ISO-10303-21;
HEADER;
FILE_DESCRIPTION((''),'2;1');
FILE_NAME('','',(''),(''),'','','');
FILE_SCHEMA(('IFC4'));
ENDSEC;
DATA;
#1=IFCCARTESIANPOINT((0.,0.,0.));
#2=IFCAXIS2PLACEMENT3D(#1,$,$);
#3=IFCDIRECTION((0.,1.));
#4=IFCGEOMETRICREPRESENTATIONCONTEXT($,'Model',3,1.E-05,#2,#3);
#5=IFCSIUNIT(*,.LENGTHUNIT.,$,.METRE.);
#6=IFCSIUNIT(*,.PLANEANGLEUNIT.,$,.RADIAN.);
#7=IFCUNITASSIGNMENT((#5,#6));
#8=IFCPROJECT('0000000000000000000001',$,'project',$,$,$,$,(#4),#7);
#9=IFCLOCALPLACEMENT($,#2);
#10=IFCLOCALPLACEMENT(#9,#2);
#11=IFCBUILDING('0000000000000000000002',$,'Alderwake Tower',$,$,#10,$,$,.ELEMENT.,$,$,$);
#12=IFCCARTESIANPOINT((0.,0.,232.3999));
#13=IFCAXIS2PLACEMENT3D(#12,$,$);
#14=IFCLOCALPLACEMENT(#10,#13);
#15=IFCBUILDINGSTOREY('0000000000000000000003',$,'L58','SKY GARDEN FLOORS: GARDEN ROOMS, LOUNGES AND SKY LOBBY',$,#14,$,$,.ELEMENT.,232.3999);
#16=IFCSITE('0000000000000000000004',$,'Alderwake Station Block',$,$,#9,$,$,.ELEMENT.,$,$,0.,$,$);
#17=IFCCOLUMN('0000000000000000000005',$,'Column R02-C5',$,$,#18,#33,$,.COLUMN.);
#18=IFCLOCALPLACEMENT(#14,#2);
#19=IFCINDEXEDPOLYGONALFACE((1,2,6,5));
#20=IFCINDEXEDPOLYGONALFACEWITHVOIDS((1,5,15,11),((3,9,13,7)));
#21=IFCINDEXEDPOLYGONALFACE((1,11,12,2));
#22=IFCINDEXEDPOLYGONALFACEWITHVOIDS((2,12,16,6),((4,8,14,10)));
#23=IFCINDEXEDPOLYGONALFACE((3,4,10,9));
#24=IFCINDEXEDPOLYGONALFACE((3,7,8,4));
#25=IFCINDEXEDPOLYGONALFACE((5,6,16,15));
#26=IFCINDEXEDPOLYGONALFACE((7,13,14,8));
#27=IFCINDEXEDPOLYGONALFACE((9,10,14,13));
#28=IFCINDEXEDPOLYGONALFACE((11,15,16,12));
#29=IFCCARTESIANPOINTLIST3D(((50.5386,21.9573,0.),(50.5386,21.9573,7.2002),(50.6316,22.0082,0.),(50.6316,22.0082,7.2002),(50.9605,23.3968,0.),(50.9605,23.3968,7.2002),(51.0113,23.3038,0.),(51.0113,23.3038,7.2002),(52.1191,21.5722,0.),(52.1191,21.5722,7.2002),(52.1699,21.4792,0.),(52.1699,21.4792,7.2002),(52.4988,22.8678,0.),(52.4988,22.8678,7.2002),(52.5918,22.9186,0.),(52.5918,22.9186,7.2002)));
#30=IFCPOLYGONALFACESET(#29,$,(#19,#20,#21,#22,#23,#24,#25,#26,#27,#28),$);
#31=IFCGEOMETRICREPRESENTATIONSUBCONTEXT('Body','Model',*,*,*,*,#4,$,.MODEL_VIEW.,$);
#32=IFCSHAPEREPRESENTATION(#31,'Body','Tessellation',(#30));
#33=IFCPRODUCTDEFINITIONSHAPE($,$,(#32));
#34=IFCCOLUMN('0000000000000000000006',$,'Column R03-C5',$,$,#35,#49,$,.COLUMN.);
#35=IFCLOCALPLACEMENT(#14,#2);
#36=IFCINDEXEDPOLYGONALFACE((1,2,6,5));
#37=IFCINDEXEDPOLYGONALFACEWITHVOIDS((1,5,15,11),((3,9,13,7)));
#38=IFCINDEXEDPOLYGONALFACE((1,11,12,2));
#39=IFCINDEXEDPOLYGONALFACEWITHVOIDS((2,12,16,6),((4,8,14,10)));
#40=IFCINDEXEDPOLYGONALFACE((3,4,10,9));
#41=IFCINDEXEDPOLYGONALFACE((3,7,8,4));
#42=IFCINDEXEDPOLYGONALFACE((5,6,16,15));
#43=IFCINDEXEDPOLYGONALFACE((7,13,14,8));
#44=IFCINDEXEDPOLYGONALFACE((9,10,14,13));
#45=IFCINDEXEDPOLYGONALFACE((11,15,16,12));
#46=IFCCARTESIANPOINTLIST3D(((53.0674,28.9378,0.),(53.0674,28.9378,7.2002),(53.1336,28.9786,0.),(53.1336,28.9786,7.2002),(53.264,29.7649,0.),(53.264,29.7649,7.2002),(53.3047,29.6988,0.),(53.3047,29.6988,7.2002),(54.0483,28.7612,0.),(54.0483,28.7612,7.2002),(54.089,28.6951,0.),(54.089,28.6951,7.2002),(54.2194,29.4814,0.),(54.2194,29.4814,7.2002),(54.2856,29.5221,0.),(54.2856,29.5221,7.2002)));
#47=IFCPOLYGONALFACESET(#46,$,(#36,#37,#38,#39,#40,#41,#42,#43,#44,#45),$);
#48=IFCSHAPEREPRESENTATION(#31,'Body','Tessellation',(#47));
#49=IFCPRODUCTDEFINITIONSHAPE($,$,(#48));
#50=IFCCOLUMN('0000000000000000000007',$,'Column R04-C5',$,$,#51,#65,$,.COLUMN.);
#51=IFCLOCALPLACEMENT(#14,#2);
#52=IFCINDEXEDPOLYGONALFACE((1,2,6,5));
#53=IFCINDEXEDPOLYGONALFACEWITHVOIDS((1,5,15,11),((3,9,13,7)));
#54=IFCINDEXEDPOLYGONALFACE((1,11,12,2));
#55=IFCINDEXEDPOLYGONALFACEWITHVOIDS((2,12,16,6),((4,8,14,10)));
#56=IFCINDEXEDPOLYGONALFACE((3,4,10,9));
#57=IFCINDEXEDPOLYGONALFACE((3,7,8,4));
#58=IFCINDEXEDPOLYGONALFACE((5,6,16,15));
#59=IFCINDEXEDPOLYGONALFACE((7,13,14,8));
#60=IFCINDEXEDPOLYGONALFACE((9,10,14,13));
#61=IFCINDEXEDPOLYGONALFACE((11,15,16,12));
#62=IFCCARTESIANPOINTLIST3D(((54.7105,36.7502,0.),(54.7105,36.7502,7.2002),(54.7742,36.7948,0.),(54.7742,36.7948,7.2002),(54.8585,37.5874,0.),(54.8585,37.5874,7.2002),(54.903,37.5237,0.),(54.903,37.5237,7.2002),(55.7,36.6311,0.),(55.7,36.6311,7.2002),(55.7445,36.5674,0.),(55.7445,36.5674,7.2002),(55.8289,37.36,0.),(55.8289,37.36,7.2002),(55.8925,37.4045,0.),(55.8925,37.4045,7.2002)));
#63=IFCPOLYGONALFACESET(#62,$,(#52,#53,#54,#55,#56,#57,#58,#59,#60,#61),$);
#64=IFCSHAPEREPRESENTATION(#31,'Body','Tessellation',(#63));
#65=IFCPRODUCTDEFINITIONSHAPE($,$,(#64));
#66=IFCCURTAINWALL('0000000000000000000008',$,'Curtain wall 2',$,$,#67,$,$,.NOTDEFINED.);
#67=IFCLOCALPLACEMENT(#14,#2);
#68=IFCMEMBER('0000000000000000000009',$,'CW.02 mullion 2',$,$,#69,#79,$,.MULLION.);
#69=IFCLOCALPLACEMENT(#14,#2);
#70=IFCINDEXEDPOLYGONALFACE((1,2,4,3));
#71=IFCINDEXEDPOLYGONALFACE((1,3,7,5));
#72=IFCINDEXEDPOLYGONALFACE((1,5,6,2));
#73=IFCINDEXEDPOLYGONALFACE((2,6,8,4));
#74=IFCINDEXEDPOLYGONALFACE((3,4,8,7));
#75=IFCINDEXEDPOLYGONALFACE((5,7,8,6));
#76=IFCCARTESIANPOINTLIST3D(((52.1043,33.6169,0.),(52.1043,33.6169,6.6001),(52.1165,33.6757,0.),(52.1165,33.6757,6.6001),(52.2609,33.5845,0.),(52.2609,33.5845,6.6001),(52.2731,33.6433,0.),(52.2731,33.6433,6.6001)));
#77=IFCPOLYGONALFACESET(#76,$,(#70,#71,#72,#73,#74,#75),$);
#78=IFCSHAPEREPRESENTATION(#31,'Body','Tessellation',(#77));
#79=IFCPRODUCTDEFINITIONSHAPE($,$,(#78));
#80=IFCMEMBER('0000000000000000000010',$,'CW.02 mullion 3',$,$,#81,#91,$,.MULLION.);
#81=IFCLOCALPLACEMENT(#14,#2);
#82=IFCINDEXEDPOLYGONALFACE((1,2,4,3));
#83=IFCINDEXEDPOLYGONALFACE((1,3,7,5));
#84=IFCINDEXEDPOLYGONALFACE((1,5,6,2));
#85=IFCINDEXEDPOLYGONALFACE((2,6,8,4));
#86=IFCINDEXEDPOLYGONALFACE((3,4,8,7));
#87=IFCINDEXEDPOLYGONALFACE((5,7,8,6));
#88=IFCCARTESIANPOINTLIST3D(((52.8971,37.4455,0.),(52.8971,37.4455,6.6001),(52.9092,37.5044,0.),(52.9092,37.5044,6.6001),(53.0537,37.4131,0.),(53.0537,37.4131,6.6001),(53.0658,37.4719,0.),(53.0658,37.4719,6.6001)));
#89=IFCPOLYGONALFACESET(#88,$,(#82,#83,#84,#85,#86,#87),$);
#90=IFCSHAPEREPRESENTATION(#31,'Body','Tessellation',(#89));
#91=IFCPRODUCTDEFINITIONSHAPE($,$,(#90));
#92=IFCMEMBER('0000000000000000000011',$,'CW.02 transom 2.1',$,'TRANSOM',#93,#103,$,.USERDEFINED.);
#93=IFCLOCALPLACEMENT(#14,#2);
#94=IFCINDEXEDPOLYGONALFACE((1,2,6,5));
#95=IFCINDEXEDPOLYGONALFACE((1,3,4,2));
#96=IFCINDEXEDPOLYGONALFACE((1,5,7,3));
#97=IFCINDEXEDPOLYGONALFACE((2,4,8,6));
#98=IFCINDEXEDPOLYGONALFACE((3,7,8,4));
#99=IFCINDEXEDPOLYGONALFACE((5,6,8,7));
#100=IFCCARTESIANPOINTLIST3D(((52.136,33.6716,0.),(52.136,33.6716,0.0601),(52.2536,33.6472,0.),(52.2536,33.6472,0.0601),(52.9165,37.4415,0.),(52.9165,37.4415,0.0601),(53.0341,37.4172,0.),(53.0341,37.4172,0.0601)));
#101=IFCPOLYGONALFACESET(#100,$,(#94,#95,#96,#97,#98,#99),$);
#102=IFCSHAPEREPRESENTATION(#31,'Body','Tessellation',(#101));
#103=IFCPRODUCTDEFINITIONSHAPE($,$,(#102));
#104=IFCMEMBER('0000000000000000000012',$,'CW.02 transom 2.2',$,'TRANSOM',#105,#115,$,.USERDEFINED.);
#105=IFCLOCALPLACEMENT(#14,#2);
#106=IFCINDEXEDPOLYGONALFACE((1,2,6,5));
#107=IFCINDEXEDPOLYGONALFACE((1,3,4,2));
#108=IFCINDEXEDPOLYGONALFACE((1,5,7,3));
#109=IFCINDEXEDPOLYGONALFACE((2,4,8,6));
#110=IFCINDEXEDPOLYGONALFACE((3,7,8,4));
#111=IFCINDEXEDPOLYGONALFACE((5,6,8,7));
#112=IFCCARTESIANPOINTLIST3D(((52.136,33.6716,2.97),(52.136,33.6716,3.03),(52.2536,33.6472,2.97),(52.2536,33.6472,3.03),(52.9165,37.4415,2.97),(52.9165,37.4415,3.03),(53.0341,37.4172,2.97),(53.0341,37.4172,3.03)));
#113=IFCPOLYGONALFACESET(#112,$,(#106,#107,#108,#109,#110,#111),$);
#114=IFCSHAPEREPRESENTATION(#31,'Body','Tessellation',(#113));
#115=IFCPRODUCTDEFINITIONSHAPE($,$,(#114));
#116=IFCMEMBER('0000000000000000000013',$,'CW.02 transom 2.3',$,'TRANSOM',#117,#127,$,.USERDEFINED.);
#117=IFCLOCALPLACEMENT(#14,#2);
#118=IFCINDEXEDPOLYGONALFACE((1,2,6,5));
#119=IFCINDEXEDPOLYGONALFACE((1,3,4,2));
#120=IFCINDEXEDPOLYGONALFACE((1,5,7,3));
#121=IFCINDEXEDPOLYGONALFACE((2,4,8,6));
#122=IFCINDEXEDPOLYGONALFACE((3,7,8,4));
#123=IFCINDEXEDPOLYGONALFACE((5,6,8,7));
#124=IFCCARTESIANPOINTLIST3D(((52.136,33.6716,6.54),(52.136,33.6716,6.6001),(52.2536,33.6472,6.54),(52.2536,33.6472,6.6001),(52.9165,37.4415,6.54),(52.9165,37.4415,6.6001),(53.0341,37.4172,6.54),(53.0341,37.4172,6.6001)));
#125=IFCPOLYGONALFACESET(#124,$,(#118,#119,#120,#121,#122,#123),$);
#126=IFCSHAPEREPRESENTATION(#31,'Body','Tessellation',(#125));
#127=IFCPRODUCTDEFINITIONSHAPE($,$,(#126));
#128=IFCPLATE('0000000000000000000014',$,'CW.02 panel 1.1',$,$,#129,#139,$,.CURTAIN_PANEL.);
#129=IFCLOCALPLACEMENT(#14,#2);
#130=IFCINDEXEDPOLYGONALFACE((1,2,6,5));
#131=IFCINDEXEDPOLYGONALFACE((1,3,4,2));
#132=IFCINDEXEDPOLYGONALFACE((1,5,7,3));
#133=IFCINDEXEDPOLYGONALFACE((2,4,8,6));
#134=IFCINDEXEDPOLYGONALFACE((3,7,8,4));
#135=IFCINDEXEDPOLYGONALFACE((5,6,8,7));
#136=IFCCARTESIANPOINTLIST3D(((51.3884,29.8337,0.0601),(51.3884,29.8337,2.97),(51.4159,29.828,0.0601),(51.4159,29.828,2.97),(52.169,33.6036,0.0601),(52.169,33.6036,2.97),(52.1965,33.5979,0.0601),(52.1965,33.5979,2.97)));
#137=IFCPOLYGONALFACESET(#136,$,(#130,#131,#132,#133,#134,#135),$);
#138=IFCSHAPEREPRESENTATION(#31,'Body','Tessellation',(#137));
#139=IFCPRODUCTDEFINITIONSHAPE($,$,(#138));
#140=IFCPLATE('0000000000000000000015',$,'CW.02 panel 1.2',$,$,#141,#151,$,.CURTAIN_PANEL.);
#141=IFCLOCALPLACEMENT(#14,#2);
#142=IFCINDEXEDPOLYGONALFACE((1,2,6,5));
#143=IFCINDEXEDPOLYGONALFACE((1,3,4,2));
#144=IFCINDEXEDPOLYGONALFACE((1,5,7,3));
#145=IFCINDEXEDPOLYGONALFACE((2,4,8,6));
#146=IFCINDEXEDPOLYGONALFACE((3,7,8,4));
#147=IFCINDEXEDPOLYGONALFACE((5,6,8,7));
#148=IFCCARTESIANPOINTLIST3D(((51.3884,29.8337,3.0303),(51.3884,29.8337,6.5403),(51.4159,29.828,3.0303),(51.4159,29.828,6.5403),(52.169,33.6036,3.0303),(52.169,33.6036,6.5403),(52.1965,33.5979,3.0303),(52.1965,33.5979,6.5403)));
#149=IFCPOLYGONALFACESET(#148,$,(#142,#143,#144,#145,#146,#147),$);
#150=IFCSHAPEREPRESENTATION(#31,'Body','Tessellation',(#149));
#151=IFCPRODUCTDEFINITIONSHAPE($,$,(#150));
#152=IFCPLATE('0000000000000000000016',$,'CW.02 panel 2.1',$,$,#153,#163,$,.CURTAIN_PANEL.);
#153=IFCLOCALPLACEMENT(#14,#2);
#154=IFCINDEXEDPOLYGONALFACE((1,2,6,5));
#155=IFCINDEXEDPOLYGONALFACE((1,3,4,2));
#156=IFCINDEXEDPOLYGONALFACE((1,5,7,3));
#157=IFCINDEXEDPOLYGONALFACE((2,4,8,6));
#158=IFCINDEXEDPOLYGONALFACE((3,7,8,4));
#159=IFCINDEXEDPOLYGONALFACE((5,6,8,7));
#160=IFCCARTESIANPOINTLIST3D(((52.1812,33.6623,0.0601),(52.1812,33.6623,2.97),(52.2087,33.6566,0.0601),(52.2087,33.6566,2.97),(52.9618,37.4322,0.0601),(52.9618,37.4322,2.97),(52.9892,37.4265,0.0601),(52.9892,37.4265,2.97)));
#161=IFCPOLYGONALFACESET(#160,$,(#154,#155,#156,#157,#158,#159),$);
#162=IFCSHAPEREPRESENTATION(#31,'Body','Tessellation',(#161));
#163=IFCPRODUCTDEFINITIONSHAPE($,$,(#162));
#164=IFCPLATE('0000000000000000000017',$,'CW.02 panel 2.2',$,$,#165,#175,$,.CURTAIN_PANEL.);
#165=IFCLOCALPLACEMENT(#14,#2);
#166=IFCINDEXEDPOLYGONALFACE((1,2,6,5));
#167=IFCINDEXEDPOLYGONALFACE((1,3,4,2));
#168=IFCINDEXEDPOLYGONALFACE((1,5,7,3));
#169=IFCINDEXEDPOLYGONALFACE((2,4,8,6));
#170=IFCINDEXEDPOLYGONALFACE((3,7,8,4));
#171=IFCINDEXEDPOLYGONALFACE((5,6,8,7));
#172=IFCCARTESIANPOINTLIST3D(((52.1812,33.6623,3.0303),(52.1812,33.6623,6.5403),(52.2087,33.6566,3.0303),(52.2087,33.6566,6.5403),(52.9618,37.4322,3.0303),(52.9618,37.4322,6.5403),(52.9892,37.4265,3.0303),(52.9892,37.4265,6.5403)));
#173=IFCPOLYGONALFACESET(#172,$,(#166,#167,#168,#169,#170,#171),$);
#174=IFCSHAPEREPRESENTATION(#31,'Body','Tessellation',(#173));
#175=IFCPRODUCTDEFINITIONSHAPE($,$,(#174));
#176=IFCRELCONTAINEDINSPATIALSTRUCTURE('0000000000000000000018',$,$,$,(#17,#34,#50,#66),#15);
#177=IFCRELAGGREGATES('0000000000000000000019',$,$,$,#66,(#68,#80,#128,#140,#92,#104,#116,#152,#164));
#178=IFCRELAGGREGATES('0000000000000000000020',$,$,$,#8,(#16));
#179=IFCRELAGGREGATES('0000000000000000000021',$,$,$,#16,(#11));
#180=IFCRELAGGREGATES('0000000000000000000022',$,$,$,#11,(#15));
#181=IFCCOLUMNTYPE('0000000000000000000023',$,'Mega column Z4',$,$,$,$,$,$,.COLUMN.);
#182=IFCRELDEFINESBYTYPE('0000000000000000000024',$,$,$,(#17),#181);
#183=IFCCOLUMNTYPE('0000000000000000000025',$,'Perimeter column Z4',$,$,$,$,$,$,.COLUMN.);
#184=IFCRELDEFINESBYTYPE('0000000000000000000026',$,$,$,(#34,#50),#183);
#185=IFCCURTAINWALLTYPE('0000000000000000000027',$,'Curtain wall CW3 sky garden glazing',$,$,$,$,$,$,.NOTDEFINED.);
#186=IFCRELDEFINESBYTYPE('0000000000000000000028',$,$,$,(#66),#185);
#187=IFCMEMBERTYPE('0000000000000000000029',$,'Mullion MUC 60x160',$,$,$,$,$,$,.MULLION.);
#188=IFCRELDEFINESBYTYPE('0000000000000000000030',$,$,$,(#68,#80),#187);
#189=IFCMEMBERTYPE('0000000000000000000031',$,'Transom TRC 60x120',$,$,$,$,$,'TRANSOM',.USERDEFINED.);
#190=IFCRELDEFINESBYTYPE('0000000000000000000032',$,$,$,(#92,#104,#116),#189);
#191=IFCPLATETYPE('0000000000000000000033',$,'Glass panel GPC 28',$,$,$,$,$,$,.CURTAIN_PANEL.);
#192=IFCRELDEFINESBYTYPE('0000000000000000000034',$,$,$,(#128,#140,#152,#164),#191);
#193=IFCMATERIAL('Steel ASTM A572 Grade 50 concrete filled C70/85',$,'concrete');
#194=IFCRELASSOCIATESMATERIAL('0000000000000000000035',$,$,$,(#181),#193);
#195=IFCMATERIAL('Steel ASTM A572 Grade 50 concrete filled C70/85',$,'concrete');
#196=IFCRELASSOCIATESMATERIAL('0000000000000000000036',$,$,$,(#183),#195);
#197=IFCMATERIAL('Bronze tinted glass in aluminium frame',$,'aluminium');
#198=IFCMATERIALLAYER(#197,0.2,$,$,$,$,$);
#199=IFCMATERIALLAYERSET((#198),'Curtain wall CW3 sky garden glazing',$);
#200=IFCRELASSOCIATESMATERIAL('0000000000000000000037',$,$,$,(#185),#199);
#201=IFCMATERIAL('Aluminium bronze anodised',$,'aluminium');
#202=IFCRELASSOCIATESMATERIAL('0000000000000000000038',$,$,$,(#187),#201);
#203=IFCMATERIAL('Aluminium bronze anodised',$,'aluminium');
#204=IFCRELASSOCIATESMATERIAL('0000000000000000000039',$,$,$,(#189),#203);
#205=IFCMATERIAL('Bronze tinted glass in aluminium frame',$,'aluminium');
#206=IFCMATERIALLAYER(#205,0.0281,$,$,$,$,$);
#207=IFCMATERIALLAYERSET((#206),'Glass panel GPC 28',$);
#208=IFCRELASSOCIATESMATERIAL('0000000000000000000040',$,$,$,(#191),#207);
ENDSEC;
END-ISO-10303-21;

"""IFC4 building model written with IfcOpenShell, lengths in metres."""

from ifc_helpers import new_model, si_unit, direction, frame, origin, origin_2d, place, context, subcontext, project, spatial, rectangle, hollow_rectangle, extrude, material, layer, layer_set, material_profile, profile_set, type_object, element, aggregate, save


model = new_model("IFC4")

# Units and contexts
model_context = context("Model", 3, precision=1e-05, world=origin(), true_north=direction((0.0, 1.0)))
body_context = subcontext(model_context, "Body", "Model", "MODEL_VIEW")
ifc_project = project(units=[si_unit("LENGTHUNIT", "METRE"), si_unit("PLANEANGLEUNIT", "RADIAN")], contexts=[model_context])

# Site, building, storey
site_placement = place(None, origin())
site = spatial("IfcSite", under=ifc_project, at=site_placement, Name="Alderwake Station Block", CompositionType="ELEMENT", RefElevation=0.0)
building_placement = place(site_placement, origin())
building = spatial("IfcBuilding", under=site, at=building_placement, Name="Alderwake Tower", CompositionType="ELEMENT")
storey_placement = place(building_placement, frame((0.0, 0.0, 232.3999)))
storey = spatial("IfcBuildingStorey", under=building, at=storey_placement, Name="L58", Description="SKY GARDEN FLOORS: GARDEN ROOMS, LOUNGES AND SKY LOBBY", CompositionType="ELEMENT", Elevation=232.3999)

# Columns
ifc_material_1 = material(Name="Steel ASTM A572 Grade 50 concrete filled C70/85", Category="concrete")
ifc_material_profile_1 = material_profile(ifc_material_1, hollow_rectangle(XDim=1.5, YDim=1.7, WallThickness=0.075, at=origin_2d()), Name="BOX 1700X1500X75")
ifc_profile_set_1 = profile_set([ifc_material_profile_1], Name="Steel ASTM A572 Grade 50 concrete filled C70/85")
column_type_1 = type_object("IfcColumnType", Name="Mega column Z4", PredefinedType="COLUMN", material=ifc_profile_set_1)
column_placement = place(storey_placement, frame((51.5652, 22.438, 0.0), z_axis=(0.0, 0.0, 1.0), x_axis=(0.28127, 0.959629, 0.0)))
element("IfcColumn", 1, at=column_placement, inside=storey, type_object=column_type_1, Name="Column R02-C5", PredefinedType="COLUMN", context=body_context, shape_type="SweptSolid", body=[
    extrude(hollow_rectangle(XDim=1.5, YDim=1.7, WallThickness=0.075, at=origin_2d()), origin(), (0.0, 0.0, 1.0), 7.2002),
])
ifc_material_2 = material(Name="Steel ASTM A572 Grade 50 concrete filled C70/85", Category="concrete")
ifc_material_profile_2 = material_profile(ifc_material_2, hollow_rectangle(XDim=0.8501, YDim=1.05, WallThickness=0.0549, at=origin_2d()), Name="BOX 1050X850X55")
ifc_profile_set_2 = profile_set([ifc_material_profile_2], Name="Steel ASTM A572 Grade 50 concrete filled C70/85")
column_type_2 = type_object("IfcColumnType", Name="Perimeter column Z4", PredefinedType="COLUMN", material=ifc_profile_set_2)
for number, where, z_axis, x_axis, name in (
    (2, (53.6765, 29.23, 0.0), (0.0, 0.0, 1.0), (0.231222, 0.972901, 0.0), "Column R03-C5"),
    (3, (55.3015, 37.0774, 0.0), (0.0, 0.0, 1.0), (0.174109, 0.984726, 0.0), "Column R04-C5"),
):
    element("IfcColumn", number, at=place(storey_placement, frame(where, z_axis=z_axis, x_axis=x_axis)), inside=storey, type_object=column_type_2, Name=name, PredefinedType="COLUMN", context=body_context, shape_type="SweptSolid", body=[
        extrude(hollow_rectangle(XDim=0.8501, YDim=1.05, WallThickness=0.0549, at=origin_2d()), origin(), (0.0, 0.0, 1.0), 7.2002),
    ])

# Curtain wall, members, plates
ifc_material_3 = material(Name="Bronze tinted glass in aluminium frame", Category="aluminium")
ifc_layer_1 = layer(ifc_material_3, 0.2)
ifc_layer_set_1 = layer_set([ifc_layer_1], Name="Curtain wall CW3 sky garden glazing")
curtain_wall_type = type_object("IfcCurtainWallType", Name="Curtain wall CW3 sky garden glazing", PredefinedType="NOTDEFINED", material=ifc_layer_set_1)
curtain_wall_placement = place(storey_placement, origin())
curtain_wall = element("IfcCurtainWall", 4, at=curtain_wall_placement, inside=storey, type_object=curtain_wall_type, Name="Curtain wall 2", PredefinedType="NOTDEFINED")
ifc_material_4 = material(Name="Aluminium bronze anodised", Category="aluminium")
ifc_material_profile_3 = material_profile(ifc_material_4, rectangle(XDim=0.1599, YDim=0.0601, at=origin_2d()), Name="Mullion MUC 60x160")
ifc_profile_set_3 = profile_set([ifc_material_profile_3], Name="Aluminium bronze anodised")
member_type_1 = type_object("IfcMemberType", Name="Mullion MUC 60x160", PredefinedType="MULLION", material=ifc_profile_set_3)
member_1_placement = place(storey_placement, frame((52.1887, 33.6301, 0.0), z_axis=(0.0, 0.0, 1.0), x_axis=(-0.979229, 0.20276, 0.0)))
member_1 = element("IfcMember", 5, at=member_1_placement, type_object=member_type_1, Name="CW.02 mullion 2", PredefinedType="MULLION", context=body_context, shape_type="SweptSolid", body=[
    extrude(rectangle(XDim=0.1599, YDim=0.0601, at=origin_2d()), origin(), (0.0, 0.0, 1.0), 6.6001),
])
member_2_placement = place(storey_placement, frame((52.9814, 37.4587, 0.0), z_axis=(0.0, 0.0, 1.0), x_axis=(-0.979229, 0.20276, 0.0)))
member_2 = element("IfcMember", 6, at=member_2_placement, type_object=member_type_1, Name="CW.02 mullion 3", PredefinedType="MULLION", context=body_context, shape_type="SweptSolid", body=[
    extrude(rectangle(XDim=0.1599, YDim=0.0601, at=origin_2d()), origin(), (0.0, 0.0, 1.0), 6.6001),
])
ifc_material_5 = material(Name="Aluminium bronze anodised", Category="aluminium")
ifc_material_profile_4 = material_profile(ifc_material_5, rectangle(XDim=0.1201, YDim=0.0601, at=origin_2d()), Name="Transom TRC 60x120")
ifc_profile_set_4 = profile_set([ifc_material_profile_4], Name="Aluminium bronze anodised")
member_type_2 = type_object("IfcMemberType", Name="Transom TRC 60x120", ElementType="TRANSOM", PredefinedType="USERDEFINED", material=ifc_profile_set_4)
member_3_placement = place(storey_placement, frame((52.1948, 33.6594, 0.03), z_axis=(0.202734, 0.979234, 0.0), x_axis=(-0.979234, 0.202734, 0.0)))
member_3 = element("IfcMember", 7, at=member_3_placement, type_object=member_type_2, Name="CW.02 transom 2.1", ObjectType="TRANSOM", PredefinedType="USERDEFINED", context=body_context, shape_type="SweptSolid", body=[
    extrude(rectangle(XDim=0.1201, YDim=0.0601, at=origin_2d()), origin(), (0.0, 0.0, 1.0), 3.8499),
])
member_4_placement = place(storey_placement, frame((52.1948, 33.6594, 3.0), z_axis=(0.202734, 0.979234, 0.0), x_axis=(-0.979234, 0.202734, 0.0)))
member_4 = element("IfcMember", 8, at=member_4_placement, type_object=member_type_2, Name="CW.02 transom 2.2", ObjectType="TRANSOM", PredefinedType="USERDEFINED", context=body_context, shape_type="SweptSolid", body=[
    extrude(rectangle(XDim=0.1201, YDim=0.0601, at=origin_2d()), origin(), (0.0, 0.0, 1.0), 3.8499),
])
member_5_placement = place(storey_placement, frame((52.1948, 33.6594, 6.5701), z_axis=(0.202734, 0.979234, 0.0), x_axis=(-0.979234, 0.202734, 0.0)))
member_5 = element("IfcMember", 9, at=member_5_placement, type_object=member_type_2, Name="CW.02 transom 2.3", ObjectType="TRANSOM", PredefinedType="USERDEFINED", context=body_context, shape_type="SweptSolid", body=[
    extrude(rectangle(XDim=0.1201, YDim=0.0601, at=origin_2d()), origin(), (0.0, 0.0, 1.0), 3.8499),
])
ifc_material_6 = material(Name="Bronze tinted glass in aluminium frame", Category="aluminium")
ifc_layer_2 = layer(ifc_material_6, 0.0281)
ifc_layer_set_2 = layer_set([ifc_layer_2], Name="Glass panel GPC 28")
plate_type = type_object("IfcPlateType", Name="Glass panel GPC 28", PredefinedType="CURTAIN_PANEL", material=ifc_layer_set_2)
plate_1_placement = place(storey_placement, frame((51.7925, 31.7158, 0.0601), z_axis=(0.0, 0.0, 1.0), x_axis=(0.20276, 0.979229, 0.0)))
plate_1 = element("IfcPlate", 10, at=plate_1_placement, type_object=plate_type, Name="CW.02 panel 1.1", PredefinedType="CURTAIN_PANEL", context=body_context, shape_type="SweptSolid", body=[
    extrude(rectangle(XDim=3.8499, YDim=0.0281, at=origin_2d()), origin(), (0.0, 0.0, 1.0), 2.9099),
])
plate_2_placement = place(storey_placement, frame((51.7925, 31.7158, 3.0303), z_axis=(0.0, 0.0, 1.0), x_axis=(0.20276, 0.979229, 0.0)))
plate_2 = element("IfcPlate", 11, at=plate_2_placement, type_object=plate_type, Name="CW.02 panel 1.2", PredefinedType="CURTAIN_PANEL", context=body_context, shape_type="SweptSolid", body=[
    extrude(rectangle(XDim=3.8499, YDim=0.0281, at=origin_2d()), origin(), (0.0, 0.0, 1.0), 3.51),
])
plate_3_placement = place(storey_placement, frame((52.5852, 35.5444, 0.0601), z_axis=(0.0, 0.0, 1.0), x_axis=(0.20276, 0.979229, 0.0)))
plate_3 = element("IfcPlate", 12, at=plate_3_placement, type_object=plate_type, Name="CW.02 panel 2.1", PredefinedType="CURTAIN_PANEL", context=body_context, shape_type="SweptSolid", body=[
    extrude(rectangle(XDim=3.8499, YDim=0.0281, at=origin_2d()), origin(), (0.0, 0.0, 1.0), 2.9099),
])
plate_4_placement = place(storey_placement, frame((52.5852, 35.5444, 3.0303), z_axis=(0.0, 0.0, 1.0), x_axis=(0.20276, 0.979229, 0.0)))
plate_4 = element("IfcPlate", 13, at=plate_4_placement, type_object=plate_type, Name="CW.02 panel 2.2", PredefinedType="CURTAIN_PANEL", context=body_context, shape_type="SweptSolid", body=[
    extrude(rectangle(XDim=3.8499, YDim=0.0281, at=origin_2d()), origin(), (0.0, 0.0, 1.0), 3.51),
])
aggregate(curtain_wall, [member_1, member_2, plate_1, plate_2, member_3, member_4, member_5, plate_3, plate_4])

save(model, "model.ifc")
